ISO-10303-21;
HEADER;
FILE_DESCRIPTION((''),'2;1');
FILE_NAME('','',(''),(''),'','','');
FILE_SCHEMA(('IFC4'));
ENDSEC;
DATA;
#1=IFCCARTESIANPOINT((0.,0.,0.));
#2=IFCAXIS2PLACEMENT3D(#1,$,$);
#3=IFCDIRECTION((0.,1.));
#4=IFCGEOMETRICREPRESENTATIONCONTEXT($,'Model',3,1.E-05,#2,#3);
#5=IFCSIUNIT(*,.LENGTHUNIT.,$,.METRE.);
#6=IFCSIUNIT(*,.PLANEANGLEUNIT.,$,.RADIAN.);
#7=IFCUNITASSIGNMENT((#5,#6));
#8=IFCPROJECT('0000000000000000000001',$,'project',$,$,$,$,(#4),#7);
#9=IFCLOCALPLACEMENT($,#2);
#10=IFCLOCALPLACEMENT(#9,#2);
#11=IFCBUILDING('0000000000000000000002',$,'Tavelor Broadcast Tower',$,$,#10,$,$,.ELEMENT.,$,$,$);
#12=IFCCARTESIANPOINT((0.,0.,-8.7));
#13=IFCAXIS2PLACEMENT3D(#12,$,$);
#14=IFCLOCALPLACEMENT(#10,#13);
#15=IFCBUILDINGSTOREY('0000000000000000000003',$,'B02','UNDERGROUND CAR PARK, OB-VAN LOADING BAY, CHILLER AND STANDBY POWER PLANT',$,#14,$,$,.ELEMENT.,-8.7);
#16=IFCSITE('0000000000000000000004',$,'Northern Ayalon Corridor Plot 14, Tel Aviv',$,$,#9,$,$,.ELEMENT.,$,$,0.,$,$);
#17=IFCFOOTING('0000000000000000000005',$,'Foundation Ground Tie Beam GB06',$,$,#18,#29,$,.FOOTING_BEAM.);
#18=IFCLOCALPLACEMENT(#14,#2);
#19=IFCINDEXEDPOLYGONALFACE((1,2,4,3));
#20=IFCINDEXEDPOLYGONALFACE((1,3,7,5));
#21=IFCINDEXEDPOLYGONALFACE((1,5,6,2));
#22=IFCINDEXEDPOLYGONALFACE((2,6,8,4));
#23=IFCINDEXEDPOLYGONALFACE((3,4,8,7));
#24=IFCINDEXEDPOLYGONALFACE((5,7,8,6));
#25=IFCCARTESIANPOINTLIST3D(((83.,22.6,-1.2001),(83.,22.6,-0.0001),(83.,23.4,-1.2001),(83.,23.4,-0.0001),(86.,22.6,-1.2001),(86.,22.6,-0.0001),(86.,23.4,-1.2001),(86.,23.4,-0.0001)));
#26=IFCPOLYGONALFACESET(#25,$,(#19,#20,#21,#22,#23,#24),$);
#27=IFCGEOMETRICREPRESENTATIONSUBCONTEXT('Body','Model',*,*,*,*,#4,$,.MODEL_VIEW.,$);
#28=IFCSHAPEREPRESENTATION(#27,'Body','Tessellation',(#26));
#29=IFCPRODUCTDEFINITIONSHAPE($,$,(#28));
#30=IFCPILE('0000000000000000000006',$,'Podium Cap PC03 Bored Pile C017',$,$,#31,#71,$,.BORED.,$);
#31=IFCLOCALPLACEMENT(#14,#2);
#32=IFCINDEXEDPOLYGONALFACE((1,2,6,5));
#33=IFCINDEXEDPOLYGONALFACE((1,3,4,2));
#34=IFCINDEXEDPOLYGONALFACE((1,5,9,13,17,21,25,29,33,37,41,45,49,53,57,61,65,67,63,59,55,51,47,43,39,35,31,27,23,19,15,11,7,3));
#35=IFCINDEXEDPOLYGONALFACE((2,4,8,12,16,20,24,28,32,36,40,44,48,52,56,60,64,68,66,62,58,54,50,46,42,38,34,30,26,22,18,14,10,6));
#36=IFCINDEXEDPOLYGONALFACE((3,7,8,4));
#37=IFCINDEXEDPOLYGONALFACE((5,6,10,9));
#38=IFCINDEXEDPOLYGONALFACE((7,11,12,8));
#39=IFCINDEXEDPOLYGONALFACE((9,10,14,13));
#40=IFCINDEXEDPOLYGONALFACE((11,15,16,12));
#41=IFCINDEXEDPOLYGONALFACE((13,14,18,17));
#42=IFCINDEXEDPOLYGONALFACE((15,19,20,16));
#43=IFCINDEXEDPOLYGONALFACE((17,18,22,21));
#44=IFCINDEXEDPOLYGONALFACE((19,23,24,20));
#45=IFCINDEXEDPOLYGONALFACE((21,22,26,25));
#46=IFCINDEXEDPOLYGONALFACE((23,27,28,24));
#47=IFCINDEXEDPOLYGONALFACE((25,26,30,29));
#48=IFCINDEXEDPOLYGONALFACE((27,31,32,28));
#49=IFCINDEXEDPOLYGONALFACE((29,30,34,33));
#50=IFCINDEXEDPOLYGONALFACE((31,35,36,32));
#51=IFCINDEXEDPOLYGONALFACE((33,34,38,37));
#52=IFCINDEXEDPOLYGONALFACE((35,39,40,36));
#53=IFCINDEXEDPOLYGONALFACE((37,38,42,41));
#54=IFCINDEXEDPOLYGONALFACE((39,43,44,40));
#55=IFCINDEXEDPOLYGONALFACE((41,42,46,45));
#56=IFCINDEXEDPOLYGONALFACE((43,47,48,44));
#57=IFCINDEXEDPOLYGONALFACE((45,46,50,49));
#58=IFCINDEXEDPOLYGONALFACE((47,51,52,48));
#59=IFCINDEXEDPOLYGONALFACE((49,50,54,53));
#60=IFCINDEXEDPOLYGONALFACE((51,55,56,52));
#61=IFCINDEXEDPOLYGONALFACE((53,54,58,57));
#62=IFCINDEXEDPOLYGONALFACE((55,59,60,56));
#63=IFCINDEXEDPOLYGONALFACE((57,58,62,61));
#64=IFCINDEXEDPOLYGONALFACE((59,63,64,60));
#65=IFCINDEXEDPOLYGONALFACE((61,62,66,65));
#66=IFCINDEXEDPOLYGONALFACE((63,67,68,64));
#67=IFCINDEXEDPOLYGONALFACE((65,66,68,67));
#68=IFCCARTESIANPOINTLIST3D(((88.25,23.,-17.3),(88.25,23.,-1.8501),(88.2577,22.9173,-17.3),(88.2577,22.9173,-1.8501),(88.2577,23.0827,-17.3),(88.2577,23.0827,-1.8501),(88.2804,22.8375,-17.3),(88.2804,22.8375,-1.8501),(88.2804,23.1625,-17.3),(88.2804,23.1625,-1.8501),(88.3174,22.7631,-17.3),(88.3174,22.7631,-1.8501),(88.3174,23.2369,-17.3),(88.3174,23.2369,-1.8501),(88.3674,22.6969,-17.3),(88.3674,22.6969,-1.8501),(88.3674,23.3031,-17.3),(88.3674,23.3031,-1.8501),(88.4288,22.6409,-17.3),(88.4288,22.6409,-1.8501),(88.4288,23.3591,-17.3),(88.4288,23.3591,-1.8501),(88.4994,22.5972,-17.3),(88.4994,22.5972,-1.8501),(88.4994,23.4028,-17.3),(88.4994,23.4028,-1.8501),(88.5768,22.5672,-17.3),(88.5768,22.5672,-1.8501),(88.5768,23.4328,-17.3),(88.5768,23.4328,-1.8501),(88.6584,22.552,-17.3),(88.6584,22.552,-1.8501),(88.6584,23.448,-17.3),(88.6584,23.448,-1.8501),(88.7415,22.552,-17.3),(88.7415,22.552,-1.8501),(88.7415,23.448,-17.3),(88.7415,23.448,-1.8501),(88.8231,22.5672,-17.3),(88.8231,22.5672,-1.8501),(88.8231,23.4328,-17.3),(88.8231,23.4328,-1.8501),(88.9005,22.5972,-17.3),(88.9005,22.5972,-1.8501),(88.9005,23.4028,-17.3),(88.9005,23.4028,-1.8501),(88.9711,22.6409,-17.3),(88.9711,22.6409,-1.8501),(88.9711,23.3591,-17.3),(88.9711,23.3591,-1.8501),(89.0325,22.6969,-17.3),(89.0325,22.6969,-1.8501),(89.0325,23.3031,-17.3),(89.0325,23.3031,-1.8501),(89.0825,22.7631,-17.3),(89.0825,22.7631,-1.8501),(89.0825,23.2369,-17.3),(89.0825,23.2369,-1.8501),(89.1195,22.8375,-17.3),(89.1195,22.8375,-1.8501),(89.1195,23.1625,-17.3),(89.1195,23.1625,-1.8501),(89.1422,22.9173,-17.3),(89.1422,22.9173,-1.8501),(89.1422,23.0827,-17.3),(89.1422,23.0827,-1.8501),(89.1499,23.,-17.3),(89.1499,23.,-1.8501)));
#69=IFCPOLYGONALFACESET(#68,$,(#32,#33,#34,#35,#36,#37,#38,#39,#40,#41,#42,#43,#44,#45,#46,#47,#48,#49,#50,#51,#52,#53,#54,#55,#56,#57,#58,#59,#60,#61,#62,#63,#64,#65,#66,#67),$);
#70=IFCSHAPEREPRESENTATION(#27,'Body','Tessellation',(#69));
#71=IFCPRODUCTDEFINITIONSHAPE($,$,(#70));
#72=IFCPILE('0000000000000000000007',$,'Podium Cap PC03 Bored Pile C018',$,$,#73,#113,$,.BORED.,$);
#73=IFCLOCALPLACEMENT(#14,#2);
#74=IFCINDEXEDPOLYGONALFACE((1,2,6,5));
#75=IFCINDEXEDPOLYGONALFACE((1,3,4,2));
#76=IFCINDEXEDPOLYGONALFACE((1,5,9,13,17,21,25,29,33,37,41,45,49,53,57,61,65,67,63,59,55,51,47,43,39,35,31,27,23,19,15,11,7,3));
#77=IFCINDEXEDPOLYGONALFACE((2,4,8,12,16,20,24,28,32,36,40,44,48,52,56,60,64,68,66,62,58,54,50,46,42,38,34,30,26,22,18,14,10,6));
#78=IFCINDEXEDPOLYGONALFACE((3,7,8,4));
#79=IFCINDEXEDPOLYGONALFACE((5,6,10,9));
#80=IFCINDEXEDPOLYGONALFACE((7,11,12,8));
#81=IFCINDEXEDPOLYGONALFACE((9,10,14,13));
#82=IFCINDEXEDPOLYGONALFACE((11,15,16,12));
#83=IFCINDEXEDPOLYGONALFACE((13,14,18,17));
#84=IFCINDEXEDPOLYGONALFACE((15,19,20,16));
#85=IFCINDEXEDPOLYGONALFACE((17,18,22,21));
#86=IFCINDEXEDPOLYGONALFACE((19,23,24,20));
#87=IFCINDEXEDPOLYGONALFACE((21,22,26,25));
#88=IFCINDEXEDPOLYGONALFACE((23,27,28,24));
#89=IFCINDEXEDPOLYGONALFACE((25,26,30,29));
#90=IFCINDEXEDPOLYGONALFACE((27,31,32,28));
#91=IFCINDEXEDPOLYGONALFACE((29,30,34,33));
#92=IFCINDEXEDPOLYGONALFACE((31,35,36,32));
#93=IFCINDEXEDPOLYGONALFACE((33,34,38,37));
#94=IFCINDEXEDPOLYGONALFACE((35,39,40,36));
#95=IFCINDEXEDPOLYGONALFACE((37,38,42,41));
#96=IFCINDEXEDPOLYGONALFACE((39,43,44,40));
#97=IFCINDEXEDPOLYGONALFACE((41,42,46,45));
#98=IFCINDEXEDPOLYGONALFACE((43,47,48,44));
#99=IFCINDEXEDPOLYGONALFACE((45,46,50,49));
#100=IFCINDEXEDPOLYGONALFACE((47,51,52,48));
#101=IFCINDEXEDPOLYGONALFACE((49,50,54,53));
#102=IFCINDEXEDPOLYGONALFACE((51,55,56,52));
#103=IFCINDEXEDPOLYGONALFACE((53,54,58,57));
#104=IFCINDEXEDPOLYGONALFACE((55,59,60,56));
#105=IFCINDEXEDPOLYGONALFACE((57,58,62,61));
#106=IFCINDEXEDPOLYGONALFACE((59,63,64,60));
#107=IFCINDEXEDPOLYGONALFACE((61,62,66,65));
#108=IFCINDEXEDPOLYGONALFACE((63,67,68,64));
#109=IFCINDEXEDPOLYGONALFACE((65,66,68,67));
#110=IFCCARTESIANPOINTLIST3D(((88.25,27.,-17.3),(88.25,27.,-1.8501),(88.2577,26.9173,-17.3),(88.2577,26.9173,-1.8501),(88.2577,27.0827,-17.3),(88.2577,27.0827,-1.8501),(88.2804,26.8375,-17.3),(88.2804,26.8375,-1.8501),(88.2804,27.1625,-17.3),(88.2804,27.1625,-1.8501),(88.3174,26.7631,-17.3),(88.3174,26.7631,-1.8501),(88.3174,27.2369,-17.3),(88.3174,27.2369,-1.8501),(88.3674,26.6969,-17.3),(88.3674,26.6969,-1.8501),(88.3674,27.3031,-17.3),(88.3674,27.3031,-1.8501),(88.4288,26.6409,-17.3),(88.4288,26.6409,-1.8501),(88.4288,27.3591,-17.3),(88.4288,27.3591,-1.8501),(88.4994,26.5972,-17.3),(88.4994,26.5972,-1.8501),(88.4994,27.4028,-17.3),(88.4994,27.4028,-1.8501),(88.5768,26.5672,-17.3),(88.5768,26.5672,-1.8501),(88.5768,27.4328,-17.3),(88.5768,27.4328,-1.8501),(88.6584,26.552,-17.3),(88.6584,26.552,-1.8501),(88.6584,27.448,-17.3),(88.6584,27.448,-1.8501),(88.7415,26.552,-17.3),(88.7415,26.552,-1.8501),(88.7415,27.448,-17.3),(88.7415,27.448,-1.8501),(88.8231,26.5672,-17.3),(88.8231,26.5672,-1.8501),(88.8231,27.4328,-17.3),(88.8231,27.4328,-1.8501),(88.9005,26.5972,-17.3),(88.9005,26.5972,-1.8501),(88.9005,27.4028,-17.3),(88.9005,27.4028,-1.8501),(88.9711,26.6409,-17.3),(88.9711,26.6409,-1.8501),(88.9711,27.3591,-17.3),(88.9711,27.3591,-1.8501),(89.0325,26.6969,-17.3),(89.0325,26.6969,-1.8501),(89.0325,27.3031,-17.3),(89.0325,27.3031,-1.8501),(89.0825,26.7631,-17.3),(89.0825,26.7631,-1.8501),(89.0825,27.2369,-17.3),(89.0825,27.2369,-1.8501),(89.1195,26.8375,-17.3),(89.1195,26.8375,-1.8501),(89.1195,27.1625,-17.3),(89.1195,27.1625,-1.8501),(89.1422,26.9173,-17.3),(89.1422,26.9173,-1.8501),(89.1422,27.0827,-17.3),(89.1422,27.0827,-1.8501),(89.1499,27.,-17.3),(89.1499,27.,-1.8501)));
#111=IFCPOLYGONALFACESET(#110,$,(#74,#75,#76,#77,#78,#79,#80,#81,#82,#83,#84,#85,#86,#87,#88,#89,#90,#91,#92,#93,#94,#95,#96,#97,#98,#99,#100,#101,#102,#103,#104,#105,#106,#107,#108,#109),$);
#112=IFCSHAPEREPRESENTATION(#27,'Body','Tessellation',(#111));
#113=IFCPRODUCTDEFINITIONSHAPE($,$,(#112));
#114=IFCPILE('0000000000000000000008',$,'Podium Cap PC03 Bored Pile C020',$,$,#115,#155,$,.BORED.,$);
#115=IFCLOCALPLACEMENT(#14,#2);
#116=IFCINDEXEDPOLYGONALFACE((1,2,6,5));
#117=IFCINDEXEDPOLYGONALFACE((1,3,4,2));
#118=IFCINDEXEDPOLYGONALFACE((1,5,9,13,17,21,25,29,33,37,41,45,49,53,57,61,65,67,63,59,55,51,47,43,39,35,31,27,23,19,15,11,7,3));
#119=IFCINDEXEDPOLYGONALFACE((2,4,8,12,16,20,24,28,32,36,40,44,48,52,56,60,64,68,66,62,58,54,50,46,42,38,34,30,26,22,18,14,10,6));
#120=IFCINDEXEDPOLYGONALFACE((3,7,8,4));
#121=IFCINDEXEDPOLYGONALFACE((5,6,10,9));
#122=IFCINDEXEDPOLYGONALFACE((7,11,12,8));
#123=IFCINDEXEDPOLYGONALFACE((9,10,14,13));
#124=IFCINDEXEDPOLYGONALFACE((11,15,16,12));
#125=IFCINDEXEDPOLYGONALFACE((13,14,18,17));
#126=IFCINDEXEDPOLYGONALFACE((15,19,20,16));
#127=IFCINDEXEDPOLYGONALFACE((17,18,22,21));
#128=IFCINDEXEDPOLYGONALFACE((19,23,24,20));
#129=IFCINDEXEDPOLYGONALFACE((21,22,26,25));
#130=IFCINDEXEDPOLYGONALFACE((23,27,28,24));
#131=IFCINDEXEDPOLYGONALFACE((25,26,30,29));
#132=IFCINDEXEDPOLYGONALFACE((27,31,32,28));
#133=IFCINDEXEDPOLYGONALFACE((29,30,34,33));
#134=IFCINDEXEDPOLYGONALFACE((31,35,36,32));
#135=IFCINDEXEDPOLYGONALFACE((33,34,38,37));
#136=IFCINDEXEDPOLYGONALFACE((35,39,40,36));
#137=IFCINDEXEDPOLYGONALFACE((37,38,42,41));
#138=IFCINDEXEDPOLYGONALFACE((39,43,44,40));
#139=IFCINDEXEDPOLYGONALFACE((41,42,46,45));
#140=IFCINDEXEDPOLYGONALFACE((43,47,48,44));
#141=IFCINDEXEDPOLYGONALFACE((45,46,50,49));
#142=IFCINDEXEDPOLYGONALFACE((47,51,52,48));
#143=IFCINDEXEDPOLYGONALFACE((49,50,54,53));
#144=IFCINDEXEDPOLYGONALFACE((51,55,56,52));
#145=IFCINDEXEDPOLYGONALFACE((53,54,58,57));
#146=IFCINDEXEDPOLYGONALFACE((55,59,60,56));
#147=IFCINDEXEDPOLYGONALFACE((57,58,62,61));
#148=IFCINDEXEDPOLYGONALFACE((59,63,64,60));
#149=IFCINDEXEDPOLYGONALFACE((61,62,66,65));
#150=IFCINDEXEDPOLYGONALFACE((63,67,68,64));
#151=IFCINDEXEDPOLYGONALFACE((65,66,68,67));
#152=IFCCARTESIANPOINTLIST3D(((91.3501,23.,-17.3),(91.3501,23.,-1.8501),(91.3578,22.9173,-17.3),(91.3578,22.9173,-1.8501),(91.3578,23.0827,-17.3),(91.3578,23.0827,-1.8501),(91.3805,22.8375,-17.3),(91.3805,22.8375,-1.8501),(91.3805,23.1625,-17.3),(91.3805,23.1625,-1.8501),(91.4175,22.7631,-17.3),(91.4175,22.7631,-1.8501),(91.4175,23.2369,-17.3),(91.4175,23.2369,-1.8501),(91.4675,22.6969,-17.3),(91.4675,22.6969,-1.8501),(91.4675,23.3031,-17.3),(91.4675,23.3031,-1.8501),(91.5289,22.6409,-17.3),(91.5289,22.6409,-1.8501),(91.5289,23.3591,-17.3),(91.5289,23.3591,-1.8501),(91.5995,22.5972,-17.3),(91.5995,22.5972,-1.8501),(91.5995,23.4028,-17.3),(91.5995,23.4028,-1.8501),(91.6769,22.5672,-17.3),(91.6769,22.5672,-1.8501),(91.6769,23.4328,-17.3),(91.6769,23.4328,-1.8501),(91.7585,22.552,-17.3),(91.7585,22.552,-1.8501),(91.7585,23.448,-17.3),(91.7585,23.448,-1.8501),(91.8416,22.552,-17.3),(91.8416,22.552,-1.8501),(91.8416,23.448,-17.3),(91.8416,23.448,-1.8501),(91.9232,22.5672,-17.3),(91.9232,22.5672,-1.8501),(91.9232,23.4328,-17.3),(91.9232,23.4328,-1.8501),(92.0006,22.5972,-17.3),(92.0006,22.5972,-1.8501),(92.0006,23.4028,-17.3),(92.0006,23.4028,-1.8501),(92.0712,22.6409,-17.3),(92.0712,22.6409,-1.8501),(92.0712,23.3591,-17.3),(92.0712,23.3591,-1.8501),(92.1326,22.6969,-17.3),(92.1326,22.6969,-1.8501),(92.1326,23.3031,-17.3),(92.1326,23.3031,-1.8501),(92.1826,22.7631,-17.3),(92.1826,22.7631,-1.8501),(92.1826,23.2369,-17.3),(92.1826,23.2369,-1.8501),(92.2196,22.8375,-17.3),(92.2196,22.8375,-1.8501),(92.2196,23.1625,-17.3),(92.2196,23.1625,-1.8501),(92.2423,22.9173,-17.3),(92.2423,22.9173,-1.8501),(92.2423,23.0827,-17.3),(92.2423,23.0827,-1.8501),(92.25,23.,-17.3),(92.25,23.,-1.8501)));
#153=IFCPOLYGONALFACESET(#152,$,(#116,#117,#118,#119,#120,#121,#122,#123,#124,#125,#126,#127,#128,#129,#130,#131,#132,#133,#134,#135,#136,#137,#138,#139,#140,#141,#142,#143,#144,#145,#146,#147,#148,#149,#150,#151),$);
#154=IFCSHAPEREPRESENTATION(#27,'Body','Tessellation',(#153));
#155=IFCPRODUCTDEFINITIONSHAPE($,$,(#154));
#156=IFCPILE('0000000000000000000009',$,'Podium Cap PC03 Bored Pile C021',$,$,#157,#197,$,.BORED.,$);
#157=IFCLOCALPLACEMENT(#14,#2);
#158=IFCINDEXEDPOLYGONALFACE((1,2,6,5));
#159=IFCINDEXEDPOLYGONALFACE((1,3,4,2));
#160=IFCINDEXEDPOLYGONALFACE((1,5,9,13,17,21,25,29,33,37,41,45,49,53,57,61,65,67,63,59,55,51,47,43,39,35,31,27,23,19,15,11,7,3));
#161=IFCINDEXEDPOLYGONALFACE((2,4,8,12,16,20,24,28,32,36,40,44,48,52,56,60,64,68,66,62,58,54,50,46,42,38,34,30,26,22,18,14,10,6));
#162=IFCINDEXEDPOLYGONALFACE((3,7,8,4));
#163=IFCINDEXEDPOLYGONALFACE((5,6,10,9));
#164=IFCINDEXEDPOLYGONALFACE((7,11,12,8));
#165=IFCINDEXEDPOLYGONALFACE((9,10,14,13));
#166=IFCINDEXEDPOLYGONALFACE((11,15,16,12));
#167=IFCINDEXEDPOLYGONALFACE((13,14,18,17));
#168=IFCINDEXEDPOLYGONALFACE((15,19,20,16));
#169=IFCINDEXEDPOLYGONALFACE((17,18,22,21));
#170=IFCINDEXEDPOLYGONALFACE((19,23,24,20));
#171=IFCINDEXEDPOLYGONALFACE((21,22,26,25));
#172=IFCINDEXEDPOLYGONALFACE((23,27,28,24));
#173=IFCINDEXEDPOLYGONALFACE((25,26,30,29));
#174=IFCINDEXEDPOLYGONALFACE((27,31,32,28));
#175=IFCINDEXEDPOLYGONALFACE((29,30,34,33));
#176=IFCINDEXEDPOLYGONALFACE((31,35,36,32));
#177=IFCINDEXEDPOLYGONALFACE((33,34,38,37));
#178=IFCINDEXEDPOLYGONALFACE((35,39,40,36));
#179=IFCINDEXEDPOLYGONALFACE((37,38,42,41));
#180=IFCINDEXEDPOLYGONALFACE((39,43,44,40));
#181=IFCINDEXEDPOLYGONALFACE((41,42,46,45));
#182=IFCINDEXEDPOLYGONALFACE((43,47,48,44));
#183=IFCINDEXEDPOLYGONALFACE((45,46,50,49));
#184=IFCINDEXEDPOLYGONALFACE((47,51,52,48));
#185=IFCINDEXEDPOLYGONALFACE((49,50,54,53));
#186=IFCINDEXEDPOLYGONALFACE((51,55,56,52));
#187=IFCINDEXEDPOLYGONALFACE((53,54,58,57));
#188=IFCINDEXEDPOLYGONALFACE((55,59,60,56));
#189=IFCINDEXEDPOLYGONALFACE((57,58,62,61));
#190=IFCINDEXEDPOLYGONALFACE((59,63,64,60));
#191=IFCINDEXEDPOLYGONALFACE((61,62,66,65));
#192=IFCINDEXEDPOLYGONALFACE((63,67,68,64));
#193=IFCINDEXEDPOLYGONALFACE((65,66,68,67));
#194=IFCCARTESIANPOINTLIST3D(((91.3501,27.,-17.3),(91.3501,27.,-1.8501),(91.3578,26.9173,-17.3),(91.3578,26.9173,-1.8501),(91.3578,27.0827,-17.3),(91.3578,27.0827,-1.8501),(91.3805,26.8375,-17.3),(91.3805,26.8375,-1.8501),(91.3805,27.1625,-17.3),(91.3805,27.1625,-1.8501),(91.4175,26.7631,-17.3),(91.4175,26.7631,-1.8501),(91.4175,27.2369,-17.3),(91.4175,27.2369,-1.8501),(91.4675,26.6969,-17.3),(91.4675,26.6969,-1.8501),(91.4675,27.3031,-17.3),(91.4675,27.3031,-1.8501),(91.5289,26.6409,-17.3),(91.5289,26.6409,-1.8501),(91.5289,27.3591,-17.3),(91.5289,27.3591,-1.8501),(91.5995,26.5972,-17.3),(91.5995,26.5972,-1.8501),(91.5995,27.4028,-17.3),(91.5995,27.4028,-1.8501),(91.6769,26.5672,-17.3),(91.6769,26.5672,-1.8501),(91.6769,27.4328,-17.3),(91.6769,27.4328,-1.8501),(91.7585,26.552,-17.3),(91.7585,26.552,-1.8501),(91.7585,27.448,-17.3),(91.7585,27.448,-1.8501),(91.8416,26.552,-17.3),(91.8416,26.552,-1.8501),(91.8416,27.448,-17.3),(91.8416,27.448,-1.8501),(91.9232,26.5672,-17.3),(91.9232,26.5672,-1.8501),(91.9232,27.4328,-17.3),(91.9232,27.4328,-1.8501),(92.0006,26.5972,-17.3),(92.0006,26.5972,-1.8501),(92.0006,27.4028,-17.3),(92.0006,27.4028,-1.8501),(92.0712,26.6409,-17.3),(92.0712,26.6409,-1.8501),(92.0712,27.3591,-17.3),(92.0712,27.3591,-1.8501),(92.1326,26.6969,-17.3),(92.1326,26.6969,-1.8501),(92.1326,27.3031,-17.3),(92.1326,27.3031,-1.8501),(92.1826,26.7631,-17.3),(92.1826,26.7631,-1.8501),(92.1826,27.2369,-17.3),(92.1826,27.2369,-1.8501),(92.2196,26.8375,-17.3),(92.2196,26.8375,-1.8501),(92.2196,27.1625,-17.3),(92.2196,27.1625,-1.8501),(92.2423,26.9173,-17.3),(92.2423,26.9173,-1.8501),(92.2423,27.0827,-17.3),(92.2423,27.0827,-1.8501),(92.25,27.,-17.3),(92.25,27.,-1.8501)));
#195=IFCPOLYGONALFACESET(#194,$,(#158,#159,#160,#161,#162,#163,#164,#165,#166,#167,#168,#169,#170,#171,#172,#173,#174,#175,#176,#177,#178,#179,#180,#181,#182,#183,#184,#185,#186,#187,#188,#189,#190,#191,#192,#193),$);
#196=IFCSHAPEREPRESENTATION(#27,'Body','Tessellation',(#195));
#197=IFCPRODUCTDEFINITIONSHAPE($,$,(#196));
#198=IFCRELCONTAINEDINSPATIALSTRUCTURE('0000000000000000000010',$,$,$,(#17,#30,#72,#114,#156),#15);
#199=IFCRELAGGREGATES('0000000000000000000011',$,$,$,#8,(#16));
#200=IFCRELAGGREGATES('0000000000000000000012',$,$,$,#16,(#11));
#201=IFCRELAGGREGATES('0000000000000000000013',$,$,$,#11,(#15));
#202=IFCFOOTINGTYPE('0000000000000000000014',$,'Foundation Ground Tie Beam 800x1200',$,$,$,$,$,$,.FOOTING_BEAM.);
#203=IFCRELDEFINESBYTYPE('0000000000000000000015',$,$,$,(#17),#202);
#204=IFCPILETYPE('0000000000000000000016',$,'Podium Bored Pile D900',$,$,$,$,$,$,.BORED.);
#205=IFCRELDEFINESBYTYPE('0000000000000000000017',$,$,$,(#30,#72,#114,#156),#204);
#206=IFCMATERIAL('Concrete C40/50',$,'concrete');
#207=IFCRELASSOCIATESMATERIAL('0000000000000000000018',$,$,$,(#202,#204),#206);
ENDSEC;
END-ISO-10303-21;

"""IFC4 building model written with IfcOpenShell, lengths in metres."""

from ifc_helpers import new_model, si_unit, direction, frame, origin, origin_2d, place, context, subcontext, project, spatial, rectangle, circle, extrude, material, material_profile, profile_set, type_object, element, save


model = new_model("IFC4")

# Units and contexts
model_context = context("Model", 3, precision=1e-05, world=origin(), true_north=direction((0.0, 1.0)))
body_context = subcontext(model_context, "Body", "Model", "MODEL_VIEW")
ifc_project = project(units=[si_unit("LENGTHUNIT", "METRE"), si_unit("PLANEANGLEUNIT", "RADIAN")], contexts=[model_context])

# Site, building, storey
site_placement = place(None, origin())
site = spatial("IfcSite", under=ifc_project, at=site_placement, Name="Northern Ayalon Corridor Plot 14, Tel Aviv", CompositionType="ELEMENT", RefElevation=0.0)
building_placement = place(site_placement, origin())
building = spatial("IfcBuilding", under=site, at=building_placement, Name="Tavelor Broadcast Tower", CompositionType="ELEMENT")
storey_placement = place(building_placement, frame((0.0, 0.0, -8.7)))
storey = spatial("IfcBuildingStorey", under=building, at=storey_placement, Name="B02", Description="UNDERGROUND CAR PARK, OB-VAN LOADING BAY, CHILLER AND STANDBY POWER PLANT", CompositionType="ELEMENT", Elevation=-8.7)

# Footing
ifc_material_1 = material(Name="Concrete C40/50", Category="concrete")
ifc_material_profile_1 = material_profile(ifc_material_1, rectangle(XDim=0.8, YDim=1.2, at=origin_2d()), Name="RC 800x1200")
ifc_profile_set_1 = profile_set([ifc_material_profile_1], Name="Concrete C40/50")
footing_type = type_object("IfcFootingType", Name="Foundation Ground Tie Beam 800x1200", PredefinedType="FOOTING_BEAM", material=ifc_profile_set_1)
footing_placement = place(storey_placement, frame((83.0, 23.0, -0.6001), z_axis=(1.0, 0.0, 0.0), x_axis=(0.0, 1.0, 0.0)))
element("IfcFooting", 1, at=footing_placement, inside=storey, type_object=footing_type, Name="Foundation Ground Tie Beam GB06", PredefinedType="FOOTING_BEAM", context=body_context, shape_type="SweptSolid", body=[
    extrude(rectangle(XDim=0.8, YDim=1.2, at=origin_2d()), origin(), (0.0, 0.0, 1.0), 3.0),
])

# Piles
ifc_material_profile_2 = material_profile(ifc_material_1, circle(Radius=0.45, at=origin_2d()), Name="PILE D900")
ifc_profile_set_2 = profile_set([ifc_material_profile_2], Name="Concrete C40/50")
pile_type_1 = type_object("IfcPileType", Name="Podium Bored Pile D900", PredefinedType="BORED", material=ifc_profile_set_2)
for number, where, z_axis, x_axis, name in (
    (2, (88.7, 23.0, -1.8501), (0.0, 0.0, -1.0), (1.0, 0.0, 0.0), "Podium Cap PC03 Bored Pile C017"),
    (3, (88.7, 27.0, -1.8501), (0.0, 0.0, -1.0), (1.0, 0.0, 0.0), "Podium Cap PC03 Bored Pile C018"),
    (4, (91.8, 23.0, -1.8501), (0.0, 0.0, -1.0), (1.0, 0.0, 0.0), "Podium Cap PC03 Bored Pile C020"),
    (5, (91.8, 27.0, -1.8501), (0.0, 0.0, -1.0), (1.0, 0.0, 0.0), "Podium Cap PC03 Bored Pile C021"),
):
    element("IfcPile", number, at=place(storey_placement, frame(where, z_axis=z_axis, x_axis=x_axis)), inside=storey, type_object=pile_type_1, Name=name, PredefinedType="BORED", context=body_context, shape_type="SweptSolid", body=[
        extrude(circle(Radius=0.45, at=origin_2d()), origin(), (0.0, 0.0, 1.0), 15.45),
    ])

save(model, "model.ifc")
